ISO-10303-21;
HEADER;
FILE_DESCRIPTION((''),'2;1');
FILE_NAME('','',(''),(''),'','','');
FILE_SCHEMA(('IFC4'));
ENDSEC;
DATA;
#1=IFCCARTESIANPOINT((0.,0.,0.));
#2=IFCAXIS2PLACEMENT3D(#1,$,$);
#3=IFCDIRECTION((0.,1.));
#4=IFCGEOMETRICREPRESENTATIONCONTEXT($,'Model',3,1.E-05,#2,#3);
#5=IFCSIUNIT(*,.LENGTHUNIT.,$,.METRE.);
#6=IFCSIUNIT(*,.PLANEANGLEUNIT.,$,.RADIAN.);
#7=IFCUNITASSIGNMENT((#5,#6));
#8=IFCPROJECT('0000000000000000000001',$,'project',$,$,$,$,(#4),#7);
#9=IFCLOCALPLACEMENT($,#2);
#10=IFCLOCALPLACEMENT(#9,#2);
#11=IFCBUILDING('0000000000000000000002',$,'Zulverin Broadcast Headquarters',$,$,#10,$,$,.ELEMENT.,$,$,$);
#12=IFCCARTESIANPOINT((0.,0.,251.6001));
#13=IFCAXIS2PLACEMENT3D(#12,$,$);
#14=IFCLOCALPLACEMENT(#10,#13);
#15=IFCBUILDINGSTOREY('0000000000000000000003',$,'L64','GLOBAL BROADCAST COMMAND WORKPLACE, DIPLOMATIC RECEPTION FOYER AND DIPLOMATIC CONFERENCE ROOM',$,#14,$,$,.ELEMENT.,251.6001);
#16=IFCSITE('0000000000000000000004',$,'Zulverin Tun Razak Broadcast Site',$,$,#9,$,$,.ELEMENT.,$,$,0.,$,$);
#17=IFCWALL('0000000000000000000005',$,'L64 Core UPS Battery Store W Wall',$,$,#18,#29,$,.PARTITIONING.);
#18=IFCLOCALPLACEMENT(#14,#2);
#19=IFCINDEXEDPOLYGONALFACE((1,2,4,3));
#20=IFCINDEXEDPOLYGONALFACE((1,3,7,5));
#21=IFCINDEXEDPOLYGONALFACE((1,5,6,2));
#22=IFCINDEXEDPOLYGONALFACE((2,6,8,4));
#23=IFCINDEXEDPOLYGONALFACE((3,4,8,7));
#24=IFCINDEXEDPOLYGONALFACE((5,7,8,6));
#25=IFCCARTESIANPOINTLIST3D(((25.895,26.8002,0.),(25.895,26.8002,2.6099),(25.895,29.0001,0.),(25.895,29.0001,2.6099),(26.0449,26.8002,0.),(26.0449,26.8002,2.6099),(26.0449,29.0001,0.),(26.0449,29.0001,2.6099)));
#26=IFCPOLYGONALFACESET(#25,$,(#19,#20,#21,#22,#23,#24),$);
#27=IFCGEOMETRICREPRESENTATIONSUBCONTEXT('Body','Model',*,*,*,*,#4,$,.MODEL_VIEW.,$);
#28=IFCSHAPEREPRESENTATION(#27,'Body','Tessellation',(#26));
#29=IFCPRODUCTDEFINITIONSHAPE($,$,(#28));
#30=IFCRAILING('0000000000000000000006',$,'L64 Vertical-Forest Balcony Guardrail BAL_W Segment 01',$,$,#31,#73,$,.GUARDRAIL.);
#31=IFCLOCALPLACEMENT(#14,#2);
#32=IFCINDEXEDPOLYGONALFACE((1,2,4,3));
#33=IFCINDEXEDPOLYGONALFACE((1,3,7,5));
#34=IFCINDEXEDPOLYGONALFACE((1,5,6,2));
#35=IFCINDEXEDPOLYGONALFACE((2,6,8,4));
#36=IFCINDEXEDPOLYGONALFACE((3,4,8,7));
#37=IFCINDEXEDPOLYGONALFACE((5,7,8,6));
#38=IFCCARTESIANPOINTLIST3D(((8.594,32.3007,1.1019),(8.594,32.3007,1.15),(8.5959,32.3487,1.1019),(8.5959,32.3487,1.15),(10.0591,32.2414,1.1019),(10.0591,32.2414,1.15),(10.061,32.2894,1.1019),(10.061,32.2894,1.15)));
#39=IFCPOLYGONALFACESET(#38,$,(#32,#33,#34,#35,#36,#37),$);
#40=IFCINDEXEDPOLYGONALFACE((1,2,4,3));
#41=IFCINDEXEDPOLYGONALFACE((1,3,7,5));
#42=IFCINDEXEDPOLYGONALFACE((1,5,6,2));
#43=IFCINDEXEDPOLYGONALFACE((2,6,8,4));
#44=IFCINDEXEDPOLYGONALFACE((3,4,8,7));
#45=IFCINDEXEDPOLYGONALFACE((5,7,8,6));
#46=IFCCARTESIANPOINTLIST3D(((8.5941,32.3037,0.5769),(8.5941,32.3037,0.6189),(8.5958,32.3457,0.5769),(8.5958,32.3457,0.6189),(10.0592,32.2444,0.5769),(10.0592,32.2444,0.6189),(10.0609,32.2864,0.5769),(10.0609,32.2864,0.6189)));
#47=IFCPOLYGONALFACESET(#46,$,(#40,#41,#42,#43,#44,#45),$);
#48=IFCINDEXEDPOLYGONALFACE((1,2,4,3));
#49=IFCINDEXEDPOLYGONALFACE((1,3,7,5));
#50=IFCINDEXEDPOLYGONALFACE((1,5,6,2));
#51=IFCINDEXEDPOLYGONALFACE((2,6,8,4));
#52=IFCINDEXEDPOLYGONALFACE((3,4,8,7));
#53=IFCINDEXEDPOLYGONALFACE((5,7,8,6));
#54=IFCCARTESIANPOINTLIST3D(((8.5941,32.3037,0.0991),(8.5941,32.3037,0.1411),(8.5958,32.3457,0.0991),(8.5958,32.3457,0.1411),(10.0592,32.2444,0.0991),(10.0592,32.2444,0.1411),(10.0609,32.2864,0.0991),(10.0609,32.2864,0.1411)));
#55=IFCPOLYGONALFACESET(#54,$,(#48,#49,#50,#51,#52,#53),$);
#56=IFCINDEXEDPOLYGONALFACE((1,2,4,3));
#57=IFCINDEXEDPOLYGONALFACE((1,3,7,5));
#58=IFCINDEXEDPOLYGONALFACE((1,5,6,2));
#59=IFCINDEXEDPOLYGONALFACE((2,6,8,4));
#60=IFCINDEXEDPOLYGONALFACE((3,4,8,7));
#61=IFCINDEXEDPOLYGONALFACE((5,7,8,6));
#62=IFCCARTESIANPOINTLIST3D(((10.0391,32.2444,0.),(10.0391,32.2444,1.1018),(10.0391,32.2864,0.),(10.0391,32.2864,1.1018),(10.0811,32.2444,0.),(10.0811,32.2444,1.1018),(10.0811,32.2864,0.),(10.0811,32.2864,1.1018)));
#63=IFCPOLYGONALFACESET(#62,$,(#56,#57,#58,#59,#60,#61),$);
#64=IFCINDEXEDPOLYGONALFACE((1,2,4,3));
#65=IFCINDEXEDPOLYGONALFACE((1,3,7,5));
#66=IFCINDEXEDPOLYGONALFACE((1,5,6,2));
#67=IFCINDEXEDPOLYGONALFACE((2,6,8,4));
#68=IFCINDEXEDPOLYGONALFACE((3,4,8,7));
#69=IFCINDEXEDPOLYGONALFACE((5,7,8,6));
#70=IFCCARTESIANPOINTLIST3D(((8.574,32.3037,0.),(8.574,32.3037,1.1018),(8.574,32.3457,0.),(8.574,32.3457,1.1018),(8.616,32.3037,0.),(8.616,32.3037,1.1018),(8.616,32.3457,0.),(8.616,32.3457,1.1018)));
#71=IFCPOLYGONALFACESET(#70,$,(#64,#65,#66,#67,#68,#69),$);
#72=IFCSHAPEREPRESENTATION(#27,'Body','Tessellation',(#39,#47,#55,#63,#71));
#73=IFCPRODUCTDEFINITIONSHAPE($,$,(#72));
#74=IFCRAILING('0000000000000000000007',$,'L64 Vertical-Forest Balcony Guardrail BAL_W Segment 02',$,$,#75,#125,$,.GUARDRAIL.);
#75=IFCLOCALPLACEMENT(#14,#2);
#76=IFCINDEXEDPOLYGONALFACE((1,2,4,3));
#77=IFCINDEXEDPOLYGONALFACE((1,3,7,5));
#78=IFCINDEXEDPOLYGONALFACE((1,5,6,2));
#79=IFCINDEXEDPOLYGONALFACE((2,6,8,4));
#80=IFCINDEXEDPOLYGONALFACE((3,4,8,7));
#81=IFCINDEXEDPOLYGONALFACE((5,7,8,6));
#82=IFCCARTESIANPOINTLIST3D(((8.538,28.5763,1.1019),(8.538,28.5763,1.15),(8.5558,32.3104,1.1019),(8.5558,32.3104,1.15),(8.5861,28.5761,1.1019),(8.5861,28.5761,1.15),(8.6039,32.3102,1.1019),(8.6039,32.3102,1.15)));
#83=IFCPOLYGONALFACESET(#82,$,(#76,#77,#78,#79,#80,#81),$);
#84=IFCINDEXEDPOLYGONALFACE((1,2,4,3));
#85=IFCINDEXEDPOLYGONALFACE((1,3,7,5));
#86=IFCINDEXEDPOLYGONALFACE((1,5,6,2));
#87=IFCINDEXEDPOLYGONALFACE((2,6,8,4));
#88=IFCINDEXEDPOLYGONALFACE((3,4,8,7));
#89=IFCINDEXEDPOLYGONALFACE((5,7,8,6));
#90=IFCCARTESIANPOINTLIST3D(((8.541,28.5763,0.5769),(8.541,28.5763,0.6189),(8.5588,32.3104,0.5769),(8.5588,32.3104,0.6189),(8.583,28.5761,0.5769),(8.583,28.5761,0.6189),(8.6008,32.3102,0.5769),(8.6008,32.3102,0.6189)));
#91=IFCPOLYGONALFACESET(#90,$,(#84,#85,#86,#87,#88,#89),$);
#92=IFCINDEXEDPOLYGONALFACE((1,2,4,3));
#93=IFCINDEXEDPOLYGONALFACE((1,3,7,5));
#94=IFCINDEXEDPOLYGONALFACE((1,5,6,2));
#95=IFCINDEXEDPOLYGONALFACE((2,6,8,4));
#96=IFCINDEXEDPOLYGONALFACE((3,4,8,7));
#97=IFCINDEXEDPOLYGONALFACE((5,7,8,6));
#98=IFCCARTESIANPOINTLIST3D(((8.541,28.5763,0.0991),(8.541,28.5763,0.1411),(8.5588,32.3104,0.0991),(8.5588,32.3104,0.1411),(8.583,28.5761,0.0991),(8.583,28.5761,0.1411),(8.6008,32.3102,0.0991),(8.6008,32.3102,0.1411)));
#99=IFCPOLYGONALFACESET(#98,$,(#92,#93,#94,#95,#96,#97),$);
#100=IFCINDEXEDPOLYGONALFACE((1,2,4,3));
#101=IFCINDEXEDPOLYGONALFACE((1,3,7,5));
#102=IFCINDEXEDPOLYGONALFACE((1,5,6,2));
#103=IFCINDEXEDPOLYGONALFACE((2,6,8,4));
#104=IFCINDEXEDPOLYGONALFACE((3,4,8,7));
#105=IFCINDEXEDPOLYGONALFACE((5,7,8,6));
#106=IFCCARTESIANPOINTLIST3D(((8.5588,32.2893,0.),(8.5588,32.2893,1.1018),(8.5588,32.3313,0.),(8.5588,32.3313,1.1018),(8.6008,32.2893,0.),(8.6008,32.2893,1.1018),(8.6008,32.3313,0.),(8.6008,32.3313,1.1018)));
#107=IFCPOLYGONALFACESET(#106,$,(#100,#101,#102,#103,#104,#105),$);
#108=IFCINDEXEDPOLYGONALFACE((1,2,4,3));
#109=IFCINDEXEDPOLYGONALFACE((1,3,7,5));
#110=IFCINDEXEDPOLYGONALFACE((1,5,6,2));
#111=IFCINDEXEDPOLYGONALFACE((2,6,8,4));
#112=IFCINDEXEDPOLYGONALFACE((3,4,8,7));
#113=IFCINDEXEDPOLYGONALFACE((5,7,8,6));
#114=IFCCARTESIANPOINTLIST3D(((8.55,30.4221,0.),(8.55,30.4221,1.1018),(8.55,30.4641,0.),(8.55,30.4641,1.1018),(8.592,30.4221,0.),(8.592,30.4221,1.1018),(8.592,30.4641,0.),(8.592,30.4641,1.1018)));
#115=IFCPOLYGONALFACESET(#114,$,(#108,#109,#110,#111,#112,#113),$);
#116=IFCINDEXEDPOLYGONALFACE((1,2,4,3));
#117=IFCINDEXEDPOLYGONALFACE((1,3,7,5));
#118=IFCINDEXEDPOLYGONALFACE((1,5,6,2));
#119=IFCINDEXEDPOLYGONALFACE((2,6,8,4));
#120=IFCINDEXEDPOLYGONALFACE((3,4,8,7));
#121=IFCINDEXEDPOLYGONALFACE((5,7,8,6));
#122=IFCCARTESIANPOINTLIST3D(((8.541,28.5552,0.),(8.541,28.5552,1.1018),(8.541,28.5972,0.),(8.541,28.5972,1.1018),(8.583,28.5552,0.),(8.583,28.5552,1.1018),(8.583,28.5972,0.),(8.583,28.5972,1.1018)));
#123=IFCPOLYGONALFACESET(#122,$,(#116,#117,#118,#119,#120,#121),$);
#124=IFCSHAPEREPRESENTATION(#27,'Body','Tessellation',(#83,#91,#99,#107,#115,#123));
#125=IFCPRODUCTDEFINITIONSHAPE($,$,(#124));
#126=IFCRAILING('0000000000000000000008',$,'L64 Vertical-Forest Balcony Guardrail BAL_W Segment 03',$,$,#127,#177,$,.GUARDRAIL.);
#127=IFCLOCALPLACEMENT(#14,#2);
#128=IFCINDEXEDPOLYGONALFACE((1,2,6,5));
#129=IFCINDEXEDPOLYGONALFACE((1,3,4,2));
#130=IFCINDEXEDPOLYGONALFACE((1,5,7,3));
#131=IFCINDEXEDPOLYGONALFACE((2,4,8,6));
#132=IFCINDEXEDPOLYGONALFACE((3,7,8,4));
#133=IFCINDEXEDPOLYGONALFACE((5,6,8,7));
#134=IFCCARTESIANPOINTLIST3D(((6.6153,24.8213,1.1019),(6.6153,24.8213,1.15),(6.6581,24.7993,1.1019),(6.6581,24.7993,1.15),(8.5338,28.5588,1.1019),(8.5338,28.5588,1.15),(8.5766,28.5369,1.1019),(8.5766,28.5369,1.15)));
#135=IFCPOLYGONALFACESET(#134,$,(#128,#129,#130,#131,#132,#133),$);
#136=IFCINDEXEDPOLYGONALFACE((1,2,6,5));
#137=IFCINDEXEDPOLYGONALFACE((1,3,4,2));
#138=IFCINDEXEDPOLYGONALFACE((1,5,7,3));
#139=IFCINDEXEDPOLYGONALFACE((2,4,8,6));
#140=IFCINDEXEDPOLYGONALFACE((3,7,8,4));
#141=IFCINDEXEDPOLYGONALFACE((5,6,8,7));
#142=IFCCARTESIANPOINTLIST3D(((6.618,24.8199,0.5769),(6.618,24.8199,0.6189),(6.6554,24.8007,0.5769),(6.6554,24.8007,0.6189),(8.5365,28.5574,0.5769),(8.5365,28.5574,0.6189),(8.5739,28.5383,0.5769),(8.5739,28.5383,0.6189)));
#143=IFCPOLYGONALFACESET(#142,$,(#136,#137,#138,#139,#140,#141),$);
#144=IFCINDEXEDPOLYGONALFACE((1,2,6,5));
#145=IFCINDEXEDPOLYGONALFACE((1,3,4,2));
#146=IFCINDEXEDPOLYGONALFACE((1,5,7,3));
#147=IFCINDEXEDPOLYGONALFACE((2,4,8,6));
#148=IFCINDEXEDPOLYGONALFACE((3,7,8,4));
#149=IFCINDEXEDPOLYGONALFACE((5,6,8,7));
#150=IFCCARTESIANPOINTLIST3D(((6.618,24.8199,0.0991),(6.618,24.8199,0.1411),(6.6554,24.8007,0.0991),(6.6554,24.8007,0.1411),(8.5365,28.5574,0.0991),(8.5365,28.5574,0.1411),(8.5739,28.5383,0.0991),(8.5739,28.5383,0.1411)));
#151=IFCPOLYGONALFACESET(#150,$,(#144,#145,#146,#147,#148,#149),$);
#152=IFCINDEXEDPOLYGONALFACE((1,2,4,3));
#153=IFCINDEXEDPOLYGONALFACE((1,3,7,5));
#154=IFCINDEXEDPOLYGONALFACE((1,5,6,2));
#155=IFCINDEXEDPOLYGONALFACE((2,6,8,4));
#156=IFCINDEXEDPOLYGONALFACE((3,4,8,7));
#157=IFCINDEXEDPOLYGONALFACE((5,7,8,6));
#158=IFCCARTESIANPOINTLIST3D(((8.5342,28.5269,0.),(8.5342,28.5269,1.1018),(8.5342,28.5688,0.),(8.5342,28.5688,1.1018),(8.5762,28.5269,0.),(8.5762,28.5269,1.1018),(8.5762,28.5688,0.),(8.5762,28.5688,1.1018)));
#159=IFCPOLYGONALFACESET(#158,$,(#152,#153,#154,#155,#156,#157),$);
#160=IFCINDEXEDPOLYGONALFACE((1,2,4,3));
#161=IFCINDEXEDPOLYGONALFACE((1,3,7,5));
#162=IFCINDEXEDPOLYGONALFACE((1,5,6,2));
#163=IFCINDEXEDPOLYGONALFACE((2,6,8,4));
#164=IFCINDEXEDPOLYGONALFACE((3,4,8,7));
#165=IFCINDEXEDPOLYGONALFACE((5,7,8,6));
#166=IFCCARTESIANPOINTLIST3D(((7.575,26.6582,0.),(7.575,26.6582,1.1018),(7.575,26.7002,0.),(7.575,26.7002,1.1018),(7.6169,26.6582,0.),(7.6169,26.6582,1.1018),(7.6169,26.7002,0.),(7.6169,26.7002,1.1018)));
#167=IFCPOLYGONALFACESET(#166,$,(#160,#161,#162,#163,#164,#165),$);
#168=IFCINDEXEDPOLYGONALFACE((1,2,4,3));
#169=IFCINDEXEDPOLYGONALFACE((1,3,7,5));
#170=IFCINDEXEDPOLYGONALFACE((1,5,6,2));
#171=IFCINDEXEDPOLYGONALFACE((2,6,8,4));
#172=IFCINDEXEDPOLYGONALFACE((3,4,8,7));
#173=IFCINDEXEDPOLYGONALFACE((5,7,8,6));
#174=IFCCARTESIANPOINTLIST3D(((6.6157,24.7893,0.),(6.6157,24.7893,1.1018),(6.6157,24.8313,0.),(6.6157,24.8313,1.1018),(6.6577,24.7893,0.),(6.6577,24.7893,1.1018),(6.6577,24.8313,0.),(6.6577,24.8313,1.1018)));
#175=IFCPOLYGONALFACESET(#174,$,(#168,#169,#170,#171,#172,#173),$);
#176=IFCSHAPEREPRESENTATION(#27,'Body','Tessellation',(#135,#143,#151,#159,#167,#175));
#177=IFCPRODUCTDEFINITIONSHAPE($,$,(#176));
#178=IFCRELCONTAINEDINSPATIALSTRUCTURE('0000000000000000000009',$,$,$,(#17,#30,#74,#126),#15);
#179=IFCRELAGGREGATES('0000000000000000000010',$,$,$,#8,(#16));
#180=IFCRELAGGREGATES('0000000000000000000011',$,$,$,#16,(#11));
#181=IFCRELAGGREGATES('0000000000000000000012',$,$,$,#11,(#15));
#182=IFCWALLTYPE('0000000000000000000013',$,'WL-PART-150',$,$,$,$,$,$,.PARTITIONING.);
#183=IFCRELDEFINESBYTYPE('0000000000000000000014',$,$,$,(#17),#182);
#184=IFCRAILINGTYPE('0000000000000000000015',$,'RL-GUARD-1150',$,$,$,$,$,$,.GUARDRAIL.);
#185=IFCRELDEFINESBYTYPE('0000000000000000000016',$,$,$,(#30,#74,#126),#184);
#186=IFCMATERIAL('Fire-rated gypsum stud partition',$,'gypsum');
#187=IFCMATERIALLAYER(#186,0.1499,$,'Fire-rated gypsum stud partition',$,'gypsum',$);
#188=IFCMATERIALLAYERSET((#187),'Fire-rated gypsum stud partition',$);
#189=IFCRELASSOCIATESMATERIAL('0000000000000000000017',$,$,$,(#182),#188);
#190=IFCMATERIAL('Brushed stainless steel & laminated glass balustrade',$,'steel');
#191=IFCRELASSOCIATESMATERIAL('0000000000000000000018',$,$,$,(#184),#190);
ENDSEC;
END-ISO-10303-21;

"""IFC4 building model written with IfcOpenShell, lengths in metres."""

from ifc_helpers import new_model, si_unit, direction, frame, frame_2d, origin, origin_2d, place, context, subcontext, project, spatial, rectangle, extrude, material, layer, layer_set, type_object, element, save


model = new_model("IFC4")

# Units and contexts
model_context = context("Model", 3, precision=1e-05, world=origin(), true_north=direction((0.0, 1.0)))
body_context = subcontext(model_context, "Body", "Model", "MODEL_VIEW")
ifc_project = project(units=[si_unit("LENGTHUNIT", "METRE"), si_unit("PLANEANGLEUNIT", "RADIAN")], contexts=[model_context])

# Site, building, storey
site_placement = place(None, origin())
site = spatial("IfcSite", under=ifc_project, at=site_placement, Name="Zulverin Tun Razak Broadcast Site", CompositionType="ELEMENT", RefElevation=0.0)
building_placement = place(site_placement, origin())
building = spatial("IfcBuilding", under=site, at=building_placement, Name="Zulverin Broadcast Headquarters", CompositionType="ELEMENT")
storey_placement = place(building_placement, frame((0.0, 0.0, 251.6001)))
storey = spatial("IfcBuildingStorey", under=building, at=storey_placement, Name="L64", Description="GLOBAL BROADCAST COMMAND WORKPLACE, DIPLOMATIC RECEPTION FOYER AND DIPLOMATIC CONFERENCE ROOM", CompositionType="ELEMENT", Elevation=251.6001)

# Shared definitions
ifc_material_1 = material(Name="Fire-rated gypsum stud partition", Category="gypsum")
ifc_layer_1 = layer(ifc_material_1, 0.1499, Name="Fire-rated gypsum stud partition", Category="gypsum")
ifc_layer_set_1 = layer_set([ifc_layer_1], Name="Fire-rated gypsum stud partition")
wall_type = type_object("IfcWallType", Name="WL-PART-150", PredefinedType="PARTITIONING", material=ifc_layer_set_1)

# Wall
wall_1_placement = place(storey_placement, frame((25.97, 26.8, 0.0), z_axis=(0.0, 0.0, 1.0), x_axis=(0.0, 1.0, 0.0)))
element("IfcWall", 1, at=wall_1_placement, inside=storey, type_object=wall_type, Name="L64 Core UPS Battery Store W Wall", PredefinedType="PARTITIONING", context=body_context, shape_type="SweptSolid", body=[
    extrude(rectangle(XDim=2.2, YDim=0.1499, at=frame_2d((1.1001, 0.0))), origin(), (0.0, 0.0, 1.0), 2.6099),
])

# Railings
ifc_material_2 = material(Name="Brushed stainless steel & laminated glass balustrade", Category="steel")
railing_type = type_object("IfcRailingType", Name="RL-GUARD-1150", PredefinedType="GUARDRAIL", material=ifc_material_2)
railing_1_placement = place(storey_placement, frame((10.0601, 32.2654, 0.0)))
element("IfcRailing", 2, at=railing_1_placement, inside=storey, type_object=railing_type, Name="L64 Vertical-Forest Balcony Guardrail BAL_W Segment 01", PredefinedType="GUARDRAIL", context=body_context, shape_type="SweptSolid", body=[
    extrude(rectangle(XDim=0.0481, YDim=0.0481, at=origin_2d()), frame((0.0, 0.0, 1.126), z_axis=(-0.999181, 0.04046, 0.0), x_axis=(-0.04046, -0.999181, 0.0)), (0.0, 0.0, 1.0), 1.4663),
    extrude(rectangle(XDim=0.042, YDim=0.042, at=origin_2d()), frame((0.0, 0.0, 0.5979), z_axis=(-0.999181, 0.04046, 0.0), x_axis=(-0.04046, -0.999181, 0.0)), (0.0, 0.0, 1.0), 1.4663),
    extrude(rectangle(XDim=0.042, YDim=0.042, at=origin_2d()), frame((0.0, 0.0, 0.1201), z_axis=(-0.999181, 0.04046, 0.0), x_axis=(-0.04046, -0.999181, 0.0)), (0.0, 0.0, 1.0), 1.4663),
    extrude(rectangle(XDim=0.042, YDim=0.042, at=origin_2d()), origin(), (0.0, 0.0, 1.0), 1.1018),
    extrude(rectangle(XDim=0.042, YDim=0.042, at=origin_2d()), frame((-1.4651, 0.0593, 0.0)), (0.0, 0.0, 1.0), 1.1018),
])
railing_2_placement = place(storey_placement, frame((8.5798, 32.3103, 0.0)))
element("IfcRailing", 3, at=railing_2_placement, inside=storey, type_object=railing_type, Name="L64 Vertical-Forest Balcony Guardrail BAL_W Segment 02", PredefinedType="GUARDRAIL", context=body_context, shape_type="SweptSolid", body=[
    extrude(rectangle(XDim=0.0481, YDim=0.0481, at=origin_2d()), frame((0.0, 0.0, 1.126), z_axis=(-0.004773, -0.999989, 0.0), x_axis=(0.999989, -0.004773, 0.0)), (0.0, 0.0, 1.0), 3.7341),
    extrude(rectangle(XDim=0.042, YDim=0.042, at=origin_2d()), frame((0.0, 0.0, 0.5979), z_axis=(-0.004773, -0.999989, 0.0), x_axis=(0.999989, -0.004773, 0.0)), (0.0, 0.0, 1.0), 3.7341),
    extrude(rectangle(XDim=0.042, YDim=0.042, at=origin_2d()), frame((0.0, 0.0, 0.1201), z_axis=(-0.004773, -0.999989, 0.0), x_axis=(0.999989, -0.004773, 0.0)), (0.0, 0.0, 1.0), 3.7341),
    extrude(rectangle(XDim=0.042, YDim=0.042, at=origin_2d()), origin(), (0.0, 0.0, 1.0), 1.1018),
    extrude(rectangle(XDim=0.042, YDim=0.042, at=origin_2d()), frame((-0.0088, -1.8672, 0.0)), (0.0, 0.0, 1.0), 1.1018),
    extrude(rectangle(XDim=0.042, YDim=0.042, at=origin_2d()), frame((-0.0178, -3.7341, 0.0)), (0.0, 0.0, 1.0), 1.1018),
])
railing_3_placement = place(storey_placement, frame((8.5552, 28.5479, 0.0)))
element("IfcRailing", 4, at=railing_3_placement, inside=storey, type_object=railing_type, Name="L64 Vertical-Forest Balcony Guardrail BAL_W Segment 03", PredefinedType="GUARDRAIL", context=body_context, shape_type="SweptSolid", body=[
    extrude(rectangle(XDim=0.0481, YDim=0.0481, at=origin_2d()), frame((0.0, 0.0, 1.126), z_axis=(-0.456649, -0.889647, 0.0), x_axis=(0.889647, -0.456649, 0.0)), (0.0, 0.0, 1.0), 4.2012),
    extrude(rectangle(XDim=0.042, YDim=0.042, at=origin_2d()), frame((0.0, 0.0, 0.5979), z_axis=(-0.456649, -0.889647, 0.0), x_axis=(0.889647, -0.456649, 0.0)), (0.0, 0.0, 1.0), 4.2012),
    extrude(rectangle(XDim=0.042, YDim=0.042, at=origin_2d()), frame((0.0, 0.0, 0.1201), z_axis=(-0.456649, -0.889647, 0.0), x_axis=(0.889647, -0.456649, 0.0)), (0.0, 0.0, 1.0), 4.2012),
    extrude(rectangle(XDim=0.042, YDim=0.042, at=origin_2d()), origin(), (0.0, 0.0, 1.0), 1.1018),
    extrude(rectangle(XDim=0.042, YDim=0.042, at=origin_2d()), frame((-0.9592, -1.8687, 0.0)), (0.0, 0.0, 1.0), 1.1018),
    extrude(rectangle(XDim=0.042, YDim=0.042, at=origin_2d()), frame((-1.9185, -3.7375, 0.0)), (0.0, 0.0, 1.0), 1.1018),
])

save(model, "model.ifc")
